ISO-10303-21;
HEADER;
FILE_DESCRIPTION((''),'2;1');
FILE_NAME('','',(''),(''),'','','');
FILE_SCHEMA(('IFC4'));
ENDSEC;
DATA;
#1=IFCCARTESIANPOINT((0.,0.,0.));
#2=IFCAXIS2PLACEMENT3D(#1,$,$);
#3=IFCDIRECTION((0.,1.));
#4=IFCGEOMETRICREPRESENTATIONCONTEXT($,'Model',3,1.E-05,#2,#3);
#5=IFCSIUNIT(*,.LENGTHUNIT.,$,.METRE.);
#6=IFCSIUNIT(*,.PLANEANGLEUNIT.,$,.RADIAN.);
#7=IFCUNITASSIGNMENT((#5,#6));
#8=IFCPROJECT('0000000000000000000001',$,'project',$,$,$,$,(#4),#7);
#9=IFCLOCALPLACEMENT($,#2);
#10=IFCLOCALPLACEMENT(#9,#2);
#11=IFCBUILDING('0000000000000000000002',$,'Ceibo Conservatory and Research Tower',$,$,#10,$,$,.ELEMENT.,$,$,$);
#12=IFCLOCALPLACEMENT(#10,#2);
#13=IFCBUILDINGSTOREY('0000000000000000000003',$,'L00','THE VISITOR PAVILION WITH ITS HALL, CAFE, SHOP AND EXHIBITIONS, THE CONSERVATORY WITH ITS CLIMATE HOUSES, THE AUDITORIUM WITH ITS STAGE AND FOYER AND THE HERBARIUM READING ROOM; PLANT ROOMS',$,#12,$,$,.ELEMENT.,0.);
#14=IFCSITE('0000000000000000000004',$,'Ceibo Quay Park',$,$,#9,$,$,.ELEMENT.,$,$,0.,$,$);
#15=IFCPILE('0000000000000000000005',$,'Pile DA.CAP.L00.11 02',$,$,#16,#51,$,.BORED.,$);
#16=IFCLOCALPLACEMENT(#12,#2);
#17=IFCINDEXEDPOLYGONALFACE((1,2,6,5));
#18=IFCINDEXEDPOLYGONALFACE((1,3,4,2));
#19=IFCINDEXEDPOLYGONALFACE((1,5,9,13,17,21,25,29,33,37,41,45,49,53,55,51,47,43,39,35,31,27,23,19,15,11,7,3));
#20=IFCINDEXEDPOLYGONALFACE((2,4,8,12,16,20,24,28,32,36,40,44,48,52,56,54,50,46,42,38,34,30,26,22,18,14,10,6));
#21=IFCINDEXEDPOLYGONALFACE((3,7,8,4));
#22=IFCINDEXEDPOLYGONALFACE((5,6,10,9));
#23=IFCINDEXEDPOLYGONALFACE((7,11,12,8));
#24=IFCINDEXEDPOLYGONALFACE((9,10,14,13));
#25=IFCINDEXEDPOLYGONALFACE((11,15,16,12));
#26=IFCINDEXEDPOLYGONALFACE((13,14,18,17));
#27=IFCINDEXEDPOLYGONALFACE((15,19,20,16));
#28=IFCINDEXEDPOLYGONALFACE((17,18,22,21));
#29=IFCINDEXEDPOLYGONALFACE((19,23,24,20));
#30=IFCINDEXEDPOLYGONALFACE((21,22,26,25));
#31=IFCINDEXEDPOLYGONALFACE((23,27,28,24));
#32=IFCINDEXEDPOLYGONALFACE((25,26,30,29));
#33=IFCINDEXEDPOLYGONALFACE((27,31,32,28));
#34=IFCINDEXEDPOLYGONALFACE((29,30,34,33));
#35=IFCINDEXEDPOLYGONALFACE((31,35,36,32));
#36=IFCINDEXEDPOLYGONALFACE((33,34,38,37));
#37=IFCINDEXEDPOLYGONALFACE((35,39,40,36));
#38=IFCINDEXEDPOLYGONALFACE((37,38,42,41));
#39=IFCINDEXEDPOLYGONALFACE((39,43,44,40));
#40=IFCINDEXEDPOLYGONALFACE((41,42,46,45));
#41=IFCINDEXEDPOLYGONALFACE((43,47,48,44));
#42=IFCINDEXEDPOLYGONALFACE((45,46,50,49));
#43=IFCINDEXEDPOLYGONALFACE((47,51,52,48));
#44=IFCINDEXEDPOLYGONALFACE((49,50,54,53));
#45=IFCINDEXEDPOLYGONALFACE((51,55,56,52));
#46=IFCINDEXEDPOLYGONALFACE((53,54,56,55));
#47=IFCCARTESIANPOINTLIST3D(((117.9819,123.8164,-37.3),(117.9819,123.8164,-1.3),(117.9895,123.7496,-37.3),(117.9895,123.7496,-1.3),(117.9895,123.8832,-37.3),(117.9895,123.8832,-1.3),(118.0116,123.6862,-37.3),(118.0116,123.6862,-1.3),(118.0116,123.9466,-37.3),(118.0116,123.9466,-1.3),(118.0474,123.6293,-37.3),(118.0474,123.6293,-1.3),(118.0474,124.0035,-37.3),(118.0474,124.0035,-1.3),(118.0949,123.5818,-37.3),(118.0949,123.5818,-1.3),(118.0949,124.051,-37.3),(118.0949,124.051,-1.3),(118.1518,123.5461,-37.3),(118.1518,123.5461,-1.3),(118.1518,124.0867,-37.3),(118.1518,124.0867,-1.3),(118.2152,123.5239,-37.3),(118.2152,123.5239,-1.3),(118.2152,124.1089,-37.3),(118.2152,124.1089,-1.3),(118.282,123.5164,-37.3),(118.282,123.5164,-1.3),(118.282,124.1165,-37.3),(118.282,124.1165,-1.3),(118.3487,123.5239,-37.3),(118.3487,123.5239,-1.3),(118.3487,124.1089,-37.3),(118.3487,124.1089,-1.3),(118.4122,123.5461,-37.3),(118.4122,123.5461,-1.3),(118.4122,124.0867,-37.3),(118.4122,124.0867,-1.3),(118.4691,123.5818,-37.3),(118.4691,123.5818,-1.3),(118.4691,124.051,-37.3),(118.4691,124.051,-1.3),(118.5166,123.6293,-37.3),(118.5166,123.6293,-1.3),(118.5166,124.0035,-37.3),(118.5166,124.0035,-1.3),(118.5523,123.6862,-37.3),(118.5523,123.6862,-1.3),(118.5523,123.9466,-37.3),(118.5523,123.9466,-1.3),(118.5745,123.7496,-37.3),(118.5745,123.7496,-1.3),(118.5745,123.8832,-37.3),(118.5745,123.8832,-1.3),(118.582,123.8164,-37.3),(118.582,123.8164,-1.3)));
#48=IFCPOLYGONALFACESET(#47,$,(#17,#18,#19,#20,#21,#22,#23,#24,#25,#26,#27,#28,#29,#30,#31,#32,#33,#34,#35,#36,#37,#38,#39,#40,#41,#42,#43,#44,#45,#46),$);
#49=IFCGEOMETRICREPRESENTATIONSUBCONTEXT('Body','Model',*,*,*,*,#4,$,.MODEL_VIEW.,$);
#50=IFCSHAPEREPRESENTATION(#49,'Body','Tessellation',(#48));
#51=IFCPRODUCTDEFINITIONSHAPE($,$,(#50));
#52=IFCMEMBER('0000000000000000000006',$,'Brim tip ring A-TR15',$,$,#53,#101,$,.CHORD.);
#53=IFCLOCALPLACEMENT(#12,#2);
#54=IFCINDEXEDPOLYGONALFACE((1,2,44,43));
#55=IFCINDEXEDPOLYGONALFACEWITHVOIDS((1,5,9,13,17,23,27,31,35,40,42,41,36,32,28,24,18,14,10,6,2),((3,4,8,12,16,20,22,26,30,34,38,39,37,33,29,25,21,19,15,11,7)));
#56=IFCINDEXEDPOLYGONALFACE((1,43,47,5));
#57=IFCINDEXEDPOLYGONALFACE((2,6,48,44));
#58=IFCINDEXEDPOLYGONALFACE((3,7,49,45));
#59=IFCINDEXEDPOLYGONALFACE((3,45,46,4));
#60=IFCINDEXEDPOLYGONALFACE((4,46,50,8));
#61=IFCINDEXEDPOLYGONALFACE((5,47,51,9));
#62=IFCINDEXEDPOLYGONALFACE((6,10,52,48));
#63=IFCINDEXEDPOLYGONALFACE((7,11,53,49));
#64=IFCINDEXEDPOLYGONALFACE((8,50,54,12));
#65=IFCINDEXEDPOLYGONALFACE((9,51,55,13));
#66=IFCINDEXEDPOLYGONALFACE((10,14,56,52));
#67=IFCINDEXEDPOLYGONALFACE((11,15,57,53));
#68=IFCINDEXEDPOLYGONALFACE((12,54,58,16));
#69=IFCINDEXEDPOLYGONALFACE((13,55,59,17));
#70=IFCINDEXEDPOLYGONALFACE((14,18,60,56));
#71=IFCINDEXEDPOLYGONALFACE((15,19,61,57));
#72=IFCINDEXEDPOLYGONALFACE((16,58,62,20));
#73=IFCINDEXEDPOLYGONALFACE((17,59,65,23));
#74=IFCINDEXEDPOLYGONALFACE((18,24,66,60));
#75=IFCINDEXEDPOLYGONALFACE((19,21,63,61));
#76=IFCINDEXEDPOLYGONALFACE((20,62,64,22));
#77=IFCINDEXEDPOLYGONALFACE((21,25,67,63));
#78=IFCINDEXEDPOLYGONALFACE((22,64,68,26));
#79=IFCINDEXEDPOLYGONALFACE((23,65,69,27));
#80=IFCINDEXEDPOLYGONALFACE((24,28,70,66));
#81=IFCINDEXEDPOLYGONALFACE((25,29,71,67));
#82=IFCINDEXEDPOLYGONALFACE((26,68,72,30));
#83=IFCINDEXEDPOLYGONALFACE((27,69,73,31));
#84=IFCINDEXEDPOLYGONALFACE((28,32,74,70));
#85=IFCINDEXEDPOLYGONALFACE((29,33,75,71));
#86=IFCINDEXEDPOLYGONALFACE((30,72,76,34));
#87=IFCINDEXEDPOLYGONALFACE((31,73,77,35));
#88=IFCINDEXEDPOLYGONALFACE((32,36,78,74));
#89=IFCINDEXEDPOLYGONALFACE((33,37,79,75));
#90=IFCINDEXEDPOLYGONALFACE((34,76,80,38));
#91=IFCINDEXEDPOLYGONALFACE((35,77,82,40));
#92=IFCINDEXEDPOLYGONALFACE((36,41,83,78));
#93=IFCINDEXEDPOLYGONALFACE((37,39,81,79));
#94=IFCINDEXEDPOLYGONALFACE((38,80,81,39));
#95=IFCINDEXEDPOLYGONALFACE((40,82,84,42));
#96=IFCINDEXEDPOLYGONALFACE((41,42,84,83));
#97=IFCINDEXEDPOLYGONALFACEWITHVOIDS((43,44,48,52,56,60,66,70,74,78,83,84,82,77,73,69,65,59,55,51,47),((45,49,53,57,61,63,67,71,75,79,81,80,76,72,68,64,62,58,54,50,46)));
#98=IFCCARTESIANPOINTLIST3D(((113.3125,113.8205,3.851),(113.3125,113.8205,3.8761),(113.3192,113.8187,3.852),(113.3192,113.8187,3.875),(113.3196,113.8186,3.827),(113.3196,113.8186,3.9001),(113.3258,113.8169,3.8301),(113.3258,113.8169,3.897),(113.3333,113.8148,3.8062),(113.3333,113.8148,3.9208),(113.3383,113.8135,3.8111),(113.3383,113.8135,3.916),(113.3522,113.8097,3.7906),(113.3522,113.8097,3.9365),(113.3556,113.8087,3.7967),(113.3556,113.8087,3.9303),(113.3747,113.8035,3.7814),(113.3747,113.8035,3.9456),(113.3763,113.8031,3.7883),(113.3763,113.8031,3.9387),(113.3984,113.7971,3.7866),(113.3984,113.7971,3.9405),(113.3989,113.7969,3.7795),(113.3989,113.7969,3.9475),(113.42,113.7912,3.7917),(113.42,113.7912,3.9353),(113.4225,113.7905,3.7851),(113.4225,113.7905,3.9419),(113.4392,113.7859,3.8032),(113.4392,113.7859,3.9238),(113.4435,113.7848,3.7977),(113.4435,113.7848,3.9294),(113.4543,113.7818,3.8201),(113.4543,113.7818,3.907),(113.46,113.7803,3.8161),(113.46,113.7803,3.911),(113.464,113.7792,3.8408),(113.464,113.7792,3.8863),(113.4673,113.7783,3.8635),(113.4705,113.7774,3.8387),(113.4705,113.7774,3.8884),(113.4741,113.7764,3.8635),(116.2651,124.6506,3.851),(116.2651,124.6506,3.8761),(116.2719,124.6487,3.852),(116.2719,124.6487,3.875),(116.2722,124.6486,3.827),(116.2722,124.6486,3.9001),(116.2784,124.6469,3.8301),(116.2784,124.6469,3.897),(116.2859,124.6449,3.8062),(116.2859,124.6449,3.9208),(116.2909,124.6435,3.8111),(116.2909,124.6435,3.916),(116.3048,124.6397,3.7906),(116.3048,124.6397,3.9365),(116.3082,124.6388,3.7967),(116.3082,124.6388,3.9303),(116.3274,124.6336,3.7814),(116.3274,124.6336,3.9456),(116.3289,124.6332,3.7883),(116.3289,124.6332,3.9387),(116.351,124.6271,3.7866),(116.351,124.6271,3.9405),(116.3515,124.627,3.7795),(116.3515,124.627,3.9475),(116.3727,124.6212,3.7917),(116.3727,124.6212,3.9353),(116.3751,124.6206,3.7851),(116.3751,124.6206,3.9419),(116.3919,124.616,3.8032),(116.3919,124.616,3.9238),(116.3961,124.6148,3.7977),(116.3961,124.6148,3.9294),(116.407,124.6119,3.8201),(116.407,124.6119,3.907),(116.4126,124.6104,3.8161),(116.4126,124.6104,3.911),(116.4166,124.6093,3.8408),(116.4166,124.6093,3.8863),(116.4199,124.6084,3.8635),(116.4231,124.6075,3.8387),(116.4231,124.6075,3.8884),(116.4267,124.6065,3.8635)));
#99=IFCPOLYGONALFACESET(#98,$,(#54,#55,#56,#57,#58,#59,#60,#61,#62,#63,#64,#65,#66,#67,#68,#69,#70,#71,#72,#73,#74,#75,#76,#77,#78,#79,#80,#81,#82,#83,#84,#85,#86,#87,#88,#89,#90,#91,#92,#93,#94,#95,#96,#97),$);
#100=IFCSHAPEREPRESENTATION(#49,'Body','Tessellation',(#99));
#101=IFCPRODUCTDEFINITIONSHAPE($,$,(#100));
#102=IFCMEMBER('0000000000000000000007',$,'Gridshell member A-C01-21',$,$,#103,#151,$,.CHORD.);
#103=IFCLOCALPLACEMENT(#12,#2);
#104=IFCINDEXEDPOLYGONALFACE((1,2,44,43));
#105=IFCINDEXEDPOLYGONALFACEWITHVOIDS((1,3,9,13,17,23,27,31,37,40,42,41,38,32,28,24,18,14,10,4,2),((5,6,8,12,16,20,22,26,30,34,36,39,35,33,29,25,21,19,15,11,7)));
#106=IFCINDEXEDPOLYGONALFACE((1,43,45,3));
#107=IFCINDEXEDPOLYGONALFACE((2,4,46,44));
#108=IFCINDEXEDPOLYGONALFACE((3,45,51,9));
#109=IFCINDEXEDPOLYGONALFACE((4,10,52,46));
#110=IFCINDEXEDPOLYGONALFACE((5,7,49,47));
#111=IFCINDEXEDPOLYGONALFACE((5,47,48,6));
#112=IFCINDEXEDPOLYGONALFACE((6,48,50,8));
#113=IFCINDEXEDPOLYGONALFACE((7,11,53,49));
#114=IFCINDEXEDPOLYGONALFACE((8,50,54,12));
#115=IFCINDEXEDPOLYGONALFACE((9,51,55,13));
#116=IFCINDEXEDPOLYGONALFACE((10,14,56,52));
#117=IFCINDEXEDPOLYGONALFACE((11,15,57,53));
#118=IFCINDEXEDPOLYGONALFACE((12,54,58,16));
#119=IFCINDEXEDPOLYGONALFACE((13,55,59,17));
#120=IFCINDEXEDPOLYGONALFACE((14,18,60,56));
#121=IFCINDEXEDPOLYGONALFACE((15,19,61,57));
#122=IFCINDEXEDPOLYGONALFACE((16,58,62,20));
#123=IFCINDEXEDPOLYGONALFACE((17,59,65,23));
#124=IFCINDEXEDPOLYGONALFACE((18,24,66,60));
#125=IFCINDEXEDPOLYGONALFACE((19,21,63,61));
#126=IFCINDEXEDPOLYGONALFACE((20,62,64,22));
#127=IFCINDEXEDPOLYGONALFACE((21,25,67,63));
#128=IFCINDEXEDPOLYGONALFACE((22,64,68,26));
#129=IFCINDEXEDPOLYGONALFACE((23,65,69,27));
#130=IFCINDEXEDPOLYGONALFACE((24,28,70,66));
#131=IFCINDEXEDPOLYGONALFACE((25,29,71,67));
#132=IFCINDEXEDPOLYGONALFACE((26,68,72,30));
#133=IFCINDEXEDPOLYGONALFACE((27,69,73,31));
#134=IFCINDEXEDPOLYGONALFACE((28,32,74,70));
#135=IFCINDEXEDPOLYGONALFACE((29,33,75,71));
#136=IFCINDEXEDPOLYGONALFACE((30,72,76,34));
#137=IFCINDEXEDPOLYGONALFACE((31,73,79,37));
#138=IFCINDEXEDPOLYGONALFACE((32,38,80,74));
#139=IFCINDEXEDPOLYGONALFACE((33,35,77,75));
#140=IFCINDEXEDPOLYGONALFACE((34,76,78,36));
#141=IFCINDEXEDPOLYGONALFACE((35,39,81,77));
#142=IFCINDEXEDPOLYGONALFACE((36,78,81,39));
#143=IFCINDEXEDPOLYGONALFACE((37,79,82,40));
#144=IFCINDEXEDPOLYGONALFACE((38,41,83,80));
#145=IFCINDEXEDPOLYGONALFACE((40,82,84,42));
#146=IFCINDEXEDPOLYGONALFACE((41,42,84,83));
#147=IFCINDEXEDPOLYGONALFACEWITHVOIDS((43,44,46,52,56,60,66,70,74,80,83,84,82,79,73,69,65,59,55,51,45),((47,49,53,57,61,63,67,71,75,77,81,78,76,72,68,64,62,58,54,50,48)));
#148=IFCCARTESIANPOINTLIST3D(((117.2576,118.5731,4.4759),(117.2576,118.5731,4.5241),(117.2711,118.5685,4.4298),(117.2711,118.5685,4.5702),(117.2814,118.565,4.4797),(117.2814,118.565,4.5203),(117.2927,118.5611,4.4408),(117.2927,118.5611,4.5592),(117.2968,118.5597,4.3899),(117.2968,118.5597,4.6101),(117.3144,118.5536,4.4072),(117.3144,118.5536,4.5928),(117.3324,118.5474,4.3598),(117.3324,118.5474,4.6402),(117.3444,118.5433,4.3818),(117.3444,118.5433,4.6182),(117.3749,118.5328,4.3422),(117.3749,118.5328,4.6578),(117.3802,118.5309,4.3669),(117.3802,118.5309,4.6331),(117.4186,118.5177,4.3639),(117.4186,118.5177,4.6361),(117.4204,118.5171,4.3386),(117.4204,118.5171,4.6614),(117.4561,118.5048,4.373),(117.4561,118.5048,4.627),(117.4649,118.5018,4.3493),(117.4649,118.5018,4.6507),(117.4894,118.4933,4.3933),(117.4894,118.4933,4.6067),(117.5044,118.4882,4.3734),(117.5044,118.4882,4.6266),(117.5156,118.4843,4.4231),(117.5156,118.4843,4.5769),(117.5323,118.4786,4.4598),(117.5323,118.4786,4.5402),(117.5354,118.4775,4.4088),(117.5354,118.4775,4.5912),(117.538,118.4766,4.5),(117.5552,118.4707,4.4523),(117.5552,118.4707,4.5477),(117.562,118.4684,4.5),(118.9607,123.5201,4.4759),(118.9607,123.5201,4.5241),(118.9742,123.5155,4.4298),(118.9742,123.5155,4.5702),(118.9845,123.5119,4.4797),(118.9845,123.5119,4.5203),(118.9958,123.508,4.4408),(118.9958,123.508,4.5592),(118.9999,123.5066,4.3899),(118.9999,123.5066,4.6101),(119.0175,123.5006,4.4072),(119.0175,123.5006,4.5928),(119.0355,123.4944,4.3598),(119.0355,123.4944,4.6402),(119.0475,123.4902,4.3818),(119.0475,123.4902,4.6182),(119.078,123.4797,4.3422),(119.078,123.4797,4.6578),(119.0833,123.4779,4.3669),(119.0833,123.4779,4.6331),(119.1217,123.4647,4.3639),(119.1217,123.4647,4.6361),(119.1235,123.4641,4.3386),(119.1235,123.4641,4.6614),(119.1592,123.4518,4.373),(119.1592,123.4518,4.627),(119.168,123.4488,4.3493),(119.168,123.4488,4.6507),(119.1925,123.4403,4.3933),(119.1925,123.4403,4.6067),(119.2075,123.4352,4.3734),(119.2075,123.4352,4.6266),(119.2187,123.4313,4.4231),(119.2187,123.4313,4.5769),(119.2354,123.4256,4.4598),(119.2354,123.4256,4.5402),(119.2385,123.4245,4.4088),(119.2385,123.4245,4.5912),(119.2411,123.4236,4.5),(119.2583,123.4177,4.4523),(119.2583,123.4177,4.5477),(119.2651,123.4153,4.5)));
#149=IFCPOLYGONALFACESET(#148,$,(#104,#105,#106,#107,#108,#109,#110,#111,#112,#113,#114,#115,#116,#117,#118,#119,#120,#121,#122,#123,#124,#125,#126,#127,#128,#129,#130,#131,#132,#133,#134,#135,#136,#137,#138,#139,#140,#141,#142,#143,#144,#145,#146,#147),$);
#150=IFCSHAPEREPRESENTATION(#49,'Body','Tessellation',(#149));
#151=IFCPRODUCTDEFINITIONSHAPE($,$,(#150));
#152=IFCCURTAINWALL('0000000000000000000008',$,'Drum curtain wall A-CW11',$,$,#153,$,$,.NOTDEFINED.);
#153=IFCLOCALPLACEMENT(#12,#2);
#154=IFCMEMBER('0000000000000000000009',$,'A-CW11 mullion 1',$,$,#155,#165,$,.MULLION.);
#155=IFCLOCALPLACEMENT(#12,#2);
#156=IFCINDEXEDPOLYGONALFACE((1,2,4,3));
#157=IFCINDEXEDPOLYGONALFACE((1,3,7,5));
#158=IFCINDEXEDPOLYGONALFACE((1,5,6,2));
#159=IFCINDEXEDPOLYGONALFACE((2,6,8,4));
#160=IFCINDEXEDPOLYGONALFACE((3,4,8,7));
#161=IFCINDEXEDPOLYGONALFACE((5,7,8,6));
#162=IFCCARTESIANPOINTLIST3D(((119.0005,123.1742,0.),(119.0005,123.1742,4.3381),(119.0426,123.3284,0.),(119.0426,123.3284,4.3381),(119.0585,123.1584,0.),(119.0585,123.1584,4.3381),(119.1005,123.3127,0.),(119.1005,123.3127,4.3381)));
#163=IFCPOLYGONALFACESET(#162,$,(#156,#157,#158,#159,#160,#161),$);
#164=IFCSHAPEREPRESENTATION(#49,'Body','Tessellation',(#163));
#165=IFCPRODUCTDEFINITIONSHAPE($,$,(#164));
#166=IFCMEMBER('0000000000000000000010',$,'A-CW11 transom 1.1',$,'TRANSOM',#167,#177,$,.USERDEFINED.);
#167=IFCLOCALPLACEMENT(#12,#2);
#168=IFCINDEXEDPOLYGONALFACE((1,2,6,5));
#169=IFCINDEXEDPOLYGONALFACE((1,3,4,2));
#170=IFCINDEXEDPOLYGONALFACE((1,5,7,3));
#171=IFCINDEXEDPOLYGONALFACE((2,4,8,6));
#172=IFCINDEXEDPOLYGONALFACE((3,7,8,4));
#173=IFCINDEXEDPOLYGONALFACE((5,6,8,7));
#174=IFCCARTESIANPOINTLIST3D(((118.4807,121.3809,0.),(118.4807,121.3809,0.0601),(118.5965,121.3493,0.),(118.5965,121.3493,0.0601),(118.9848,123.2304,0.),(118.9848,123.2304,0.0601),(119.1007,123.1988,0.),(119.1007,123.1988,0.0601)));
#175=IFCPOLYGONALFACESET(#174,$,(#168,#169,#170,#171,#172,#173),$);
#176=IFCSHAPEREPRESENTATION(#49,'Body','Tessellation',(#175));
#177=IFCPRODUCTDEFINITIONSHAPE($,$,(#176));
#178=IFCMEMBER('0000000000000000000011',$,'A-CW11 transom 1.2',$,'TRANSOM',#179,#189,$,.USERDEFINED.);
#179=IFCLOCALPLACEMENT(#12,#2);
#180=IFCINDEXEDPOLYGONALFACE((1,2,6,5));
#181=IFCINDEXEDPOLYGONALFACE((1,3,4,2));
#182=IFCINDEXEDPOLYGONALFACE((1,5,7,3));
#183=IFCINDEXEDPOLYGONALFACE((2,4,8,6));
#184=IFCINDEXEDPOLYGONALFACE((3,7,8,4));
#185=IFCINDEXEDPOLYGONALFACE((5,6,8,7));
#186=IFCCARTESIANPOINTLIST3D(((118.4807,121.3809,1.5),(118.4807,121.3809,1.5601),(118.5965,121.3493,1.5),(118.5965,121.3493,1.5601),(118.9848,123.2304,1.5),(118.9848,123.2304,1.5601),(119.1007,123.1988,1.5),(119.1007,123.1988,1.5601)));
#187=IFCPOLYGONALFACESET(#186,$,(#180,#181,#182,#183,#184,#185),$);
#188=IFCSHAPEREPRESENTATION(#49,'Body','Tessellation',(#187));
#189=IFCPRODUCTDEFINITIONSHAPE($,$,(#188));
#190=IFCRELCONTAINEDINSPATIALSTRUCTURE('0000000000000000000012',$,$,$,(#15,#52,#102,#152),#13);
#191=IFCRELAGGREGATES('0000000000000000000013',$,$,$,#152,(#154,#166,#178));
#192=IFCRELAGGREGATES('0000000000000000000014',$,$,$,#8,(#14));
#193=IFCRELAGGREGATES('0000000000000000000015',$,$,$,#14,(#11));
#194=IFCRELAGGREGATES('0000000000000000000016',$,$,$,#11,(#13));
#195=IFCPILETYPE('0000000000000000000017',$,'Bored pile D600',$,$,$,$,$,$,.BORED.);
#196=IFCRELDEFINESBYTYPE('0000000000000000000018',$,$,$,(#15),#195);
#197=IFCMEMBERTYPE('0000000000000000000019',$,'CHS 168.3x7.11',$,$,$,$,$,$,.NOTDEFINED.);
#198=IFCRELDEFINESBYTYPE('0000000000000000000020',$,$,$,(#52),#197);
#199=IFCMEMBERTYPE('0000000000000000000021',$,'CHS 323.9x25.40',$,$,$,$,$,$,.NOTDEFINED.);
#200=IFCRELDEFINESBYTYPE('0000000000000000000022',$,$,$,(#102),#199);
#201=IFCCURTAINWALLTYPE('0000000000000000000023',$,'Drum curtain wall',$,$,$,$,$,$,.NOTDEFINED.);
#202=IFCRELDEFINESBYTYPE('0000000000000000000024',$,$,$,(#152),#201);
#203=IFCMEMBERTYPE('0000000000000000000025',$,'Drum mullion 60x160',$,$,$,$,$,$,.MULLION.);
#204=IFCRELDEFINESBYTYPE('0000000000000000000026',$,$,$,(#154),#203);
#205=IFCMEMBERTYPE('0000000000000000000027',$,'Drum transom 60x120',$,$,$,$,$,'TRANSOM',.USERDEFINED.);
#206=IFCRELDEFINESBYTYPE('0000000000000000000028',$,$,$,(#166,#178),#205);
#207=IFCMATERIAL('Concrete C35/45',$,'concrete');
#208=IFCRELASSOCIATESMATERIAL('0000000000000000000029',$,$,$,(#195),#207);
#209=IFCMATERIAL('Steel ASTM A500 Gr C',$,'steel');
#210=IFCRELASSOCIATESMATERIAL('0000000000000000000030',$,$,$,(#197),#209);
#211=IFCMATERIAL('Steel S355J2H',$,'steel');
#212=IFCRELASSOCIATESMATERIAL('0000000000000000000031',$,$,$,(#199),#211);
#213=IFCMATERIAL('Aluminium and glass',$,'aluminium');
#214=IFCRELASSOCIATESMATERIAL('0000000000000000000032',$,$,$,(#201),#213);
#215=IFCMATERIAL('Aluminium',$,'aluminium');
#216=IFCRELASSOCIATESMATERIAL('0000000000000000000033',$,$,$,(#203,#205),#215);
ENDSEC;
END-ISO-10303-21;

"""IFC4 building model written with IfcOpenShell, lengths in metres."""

from ifc_helpers import new_model, si_unit, direction, frame, origin, origin_2d, place, context, subcontext, project, spatial, rectangle, circle, hollow_circle, extrude, material, material_profile, profile_set, type_object, element, aggregate, save


model = new_model("IFC4")

# Units and contexts
model_context = context("Model", 3, precision=1e-05, world=origin(), true_north=direction((0.0, 1.0)))
body_context = subcontext(model_context, "Body", "Model", "MODEL_VIEW")
ifc_project = project(units=[si_unit("LENGTHUNIT", "METRE"), si_unit("PLANEANGLEUNIT", "RADIAN")], contexts=[model_context])

# Site, building, storey
site_placement = place(None, origin())
site = spatial("IfcSite", under=ifc_project, at=site_placement, Name="Ceibo Quay Park", CompositionType="ELEMENT", RefElevation=0.0)
building_placement = place(site_placement, origin())
building = spatial("IfcBuilding", under=site, at=building_placement, Name="Ceibo Conservatory and Research Tower", CompositionType="ELEMENT")
storey_placement = place(building_placement, origin())
storey = spatial("IfcBuildingStorey", under=building, at=storey_placement, Name="L00", Description="THE VISITOR PAVILION WITH ITS HALL, CAFE, SHOP AND EXHIBITIONS, THE CONSERVATORY WITH ITS CLIMATE HOUSES, THE AUDITORIUM WITH ITS STAGE AND FOYER AND THE HERBARIUM READING ROOM; PLANT ROOMS", CompositionType="ELEMENT", Elevation=0.0)

# Pile
ifc_material_1 = material(Name="Concrete C35/45", Category="concrete")
ifc_material_profile_1 = material_profile(ifc_material_1, circle(Radius=0.3, at=origin_2d()), Name="RC D600")
ifc_profile_set_1 = profile_set([ifc_material_profile_1], Name="Concrete C35/45")
pile_type = type_object("IfcPileType", Name="Bored pile D600", PredefinedType="BORED", material=ifc_profile_set_1)
pile_placement = place(storey_placement, frame((118.282, 123.8164, -1.3), z_axis=(0.0, 0.0, -1.0), x_axis=(1.0, 0.0, 0.0)))
element("IfcPile", 1, at=pile_placement, inside=storey, type_object=pile_type, Name="Pile DA.CAP.L00.11 02", PredefinedType="BORED", context=body_context, shape_type="SweptSolid", body=[
    extrude(circle(Radius=0.3, at=origin_2d()), origin(), (0.0, 0.0, 1.0), 36.0),
])

# Members
ifc_material_2 = material(Name="Steel ASTM A500 Gr C", Category="steel")
ifc_material_profile_2 = material_profile(ifc_material_2, hollow_circle(Radius=0.0842, WallThickness=0.0071, at=origin_2d()), Name="CHS 168.3x7.11")
ifc_profile_set_2 = profile_set([ifc_material_profile_2], Name="Steel ASTM A500 Gr C")
member_type_1 = type_object("IfcMemberType", Name="CHS 168.3x7.11", PredefinedType="NOTDEFINED", material=ifc_profile_set_2)
member_1_placement = place(storey_placement, frame((116.3455, 124.6287, 3.8635), z_axis=(-0.263033, -0.964787, 0.0), x_axis=(0.964787, -0.263033, 0.0)))
element("IfcMember", 2, at=member_1_placement, inside=storey, type_object=member_type_1, Name="Brim tip ring A-TR15", PredefinedType="CHORD", context=body_context, shape_type="SweptSolid", body=[
    extrude(hollow_circle(Radius=0.0842, WallThickness=0.0071, at=origin_2d()), origin(), (0.0, 0.0, 1.0), 11.2253),
])
ifc_material_3 = material(Name="Steel S355J2H", Category="steel")
ifc_material_profile_3 = material_profile(ifc_material_3, hollow_circle(Radius=0.1619, WallThickness=0.0254, at=origin_2d()), Name="CHS 323.9x25.40")
ifc_profile_set_3 = profile_set([ifc_material_profile_3], Name="Steel S355J2H")
member_type_2 = type_object("IfcMemberType", Name="CHS 323.9x25.40", PredefinedType="NOTDEFINED", material=ifc_profile_set_3)
member_2_placement = place(storey_placement, frame((119.1121, 123.468, 4.5), z_axis=(-0.325522, -0.945535, 0.0), x_axis=(0.945535, -0.325522, 0.0)))
element("IfcMember", 3, at=member_2_placement, inside=storey, type_object=member_type_2, Name="Gridshell member A-C01-21", PredefinedType="CHORD", context=body_context, shape_type="SweptSolid", body=[
    extrude(hollow_circle(Radius=0.1619, WallThickness=0.0254, at=origin_2d()), origin(), (0.0, 0.0, 1.0), 5.2319),
])

# Curtain wall, members
ifc_material_4 = material(Name="Aluminium and glass", Category="aluminium")
curtain_wall_type = type_object("IfcCurtainWallType", Name="Drum curtain wall", PredefinedType="NOTDEFINED", material=ifc_material_4)
curtain_wall_placement = place(storey_placement, origin())
curtain_wall = element("IfcCurtainWall", 4, at=curtain_wall_placement, inside=storey, type_object=curtain_wall_type, Name="Drum curtain wall A-CW11", PredefinedType="NOTDEFINED")
ifc_material_5 = material(Name="Aluminium", Category="aluminium")
ifc_material_profile_4 = material_profile(ifc_material_5, rectangle(XDim=0.0601, YDim=0.1599, at=origin_2d()), Name="AL 60x160")
ifc_profile_set_4 = profile_set([ifc_material_profile_4], Name="Aluminium")
member_type_3 = type_object("IfcMemberType", Name="Drum mullion 60x160", PredefinedType="MULLION", material=ifc_profile_set_4)
member_3_placement = place(storey_placement, frame((119.0505, 123.2434, 0.0), z_axis=(0.0, 0.0, 1.0), x_axis=(0.964787, -0.263031, 0.0)))
member_3 = element("IfcMember", 5, at=member_3_placement, type_object=member_type_3, Name="A-CW11 mullion 1", PredefinedType="MULLION", context=body_context, shape_type="SweptSolid", body=[
    extrude(rectangle(XDim=0.0601, YDim=0.1599, at=origin_2d()), origin(), (0.0, 0.0, 1.0), 4.3381),
])
ifc_material_profile_5 = material_profile(ifc_material_5, rectangle(XDim=0.1201, YDim=0.0601, at=origin_2d()), Name="AL 60x120")
ifc_profile_set_5 = profile_set([ifc_material_profile_5], Name="Aluminium")
member_type_4 = type_object("IfcMemberType", Name="Drum transom 60x120", ElementType="TRANSOM", PredefinedType="USERDEFINED", material=ifc_profile_set_5)
member_4_placement = place(storey_placement, frame((119.0427, 123.2146, 0.03), z_axis=(-0.262977, -0.964802, 0.0), x_axis=(0.964802, -0.262977, 0.0)))
member_4 = element("IfcMember", 6, at=member_4_placement, type_object=member_type_4, Name="A-CW11 transom 1.1", ObjectType="TRANSOM", PredefinedType="USERDEFINED", context=body_context, shape_type="SweptSolid", body=[
    extrude(rectangle(XDim=0.1201, YDim=0.0601, at=origin_2d()), origin(), (0.0, 0.0, 1.0), 1.917),
])
member_5_placement = place(storey_placement, frame((119.0427, 123.2146, 1.53), z_axis=(-0.262977, -0.964802, 0.0), x_axis=(0.964802, -0.262977, 0.0)))
member_5 = element("IfcMember", 7, at=member_5_placement, type_object=member_type_4, Name="A-CW11 transom 1.2", ObjectType="TRANSOM", PredefinedType="USERDEFINED", context=body_context, shape_type="SweptSolid", body=[
    extrude(rectangle(XDim=0.1201, YDim=0.0601, at=origin_2d()), origin(), (0.0, 0.0, 1.0), 1.917),
])
aggregate(curtain_wall, [member_3, member_4, member_5])

save(model, "model.ifc")
